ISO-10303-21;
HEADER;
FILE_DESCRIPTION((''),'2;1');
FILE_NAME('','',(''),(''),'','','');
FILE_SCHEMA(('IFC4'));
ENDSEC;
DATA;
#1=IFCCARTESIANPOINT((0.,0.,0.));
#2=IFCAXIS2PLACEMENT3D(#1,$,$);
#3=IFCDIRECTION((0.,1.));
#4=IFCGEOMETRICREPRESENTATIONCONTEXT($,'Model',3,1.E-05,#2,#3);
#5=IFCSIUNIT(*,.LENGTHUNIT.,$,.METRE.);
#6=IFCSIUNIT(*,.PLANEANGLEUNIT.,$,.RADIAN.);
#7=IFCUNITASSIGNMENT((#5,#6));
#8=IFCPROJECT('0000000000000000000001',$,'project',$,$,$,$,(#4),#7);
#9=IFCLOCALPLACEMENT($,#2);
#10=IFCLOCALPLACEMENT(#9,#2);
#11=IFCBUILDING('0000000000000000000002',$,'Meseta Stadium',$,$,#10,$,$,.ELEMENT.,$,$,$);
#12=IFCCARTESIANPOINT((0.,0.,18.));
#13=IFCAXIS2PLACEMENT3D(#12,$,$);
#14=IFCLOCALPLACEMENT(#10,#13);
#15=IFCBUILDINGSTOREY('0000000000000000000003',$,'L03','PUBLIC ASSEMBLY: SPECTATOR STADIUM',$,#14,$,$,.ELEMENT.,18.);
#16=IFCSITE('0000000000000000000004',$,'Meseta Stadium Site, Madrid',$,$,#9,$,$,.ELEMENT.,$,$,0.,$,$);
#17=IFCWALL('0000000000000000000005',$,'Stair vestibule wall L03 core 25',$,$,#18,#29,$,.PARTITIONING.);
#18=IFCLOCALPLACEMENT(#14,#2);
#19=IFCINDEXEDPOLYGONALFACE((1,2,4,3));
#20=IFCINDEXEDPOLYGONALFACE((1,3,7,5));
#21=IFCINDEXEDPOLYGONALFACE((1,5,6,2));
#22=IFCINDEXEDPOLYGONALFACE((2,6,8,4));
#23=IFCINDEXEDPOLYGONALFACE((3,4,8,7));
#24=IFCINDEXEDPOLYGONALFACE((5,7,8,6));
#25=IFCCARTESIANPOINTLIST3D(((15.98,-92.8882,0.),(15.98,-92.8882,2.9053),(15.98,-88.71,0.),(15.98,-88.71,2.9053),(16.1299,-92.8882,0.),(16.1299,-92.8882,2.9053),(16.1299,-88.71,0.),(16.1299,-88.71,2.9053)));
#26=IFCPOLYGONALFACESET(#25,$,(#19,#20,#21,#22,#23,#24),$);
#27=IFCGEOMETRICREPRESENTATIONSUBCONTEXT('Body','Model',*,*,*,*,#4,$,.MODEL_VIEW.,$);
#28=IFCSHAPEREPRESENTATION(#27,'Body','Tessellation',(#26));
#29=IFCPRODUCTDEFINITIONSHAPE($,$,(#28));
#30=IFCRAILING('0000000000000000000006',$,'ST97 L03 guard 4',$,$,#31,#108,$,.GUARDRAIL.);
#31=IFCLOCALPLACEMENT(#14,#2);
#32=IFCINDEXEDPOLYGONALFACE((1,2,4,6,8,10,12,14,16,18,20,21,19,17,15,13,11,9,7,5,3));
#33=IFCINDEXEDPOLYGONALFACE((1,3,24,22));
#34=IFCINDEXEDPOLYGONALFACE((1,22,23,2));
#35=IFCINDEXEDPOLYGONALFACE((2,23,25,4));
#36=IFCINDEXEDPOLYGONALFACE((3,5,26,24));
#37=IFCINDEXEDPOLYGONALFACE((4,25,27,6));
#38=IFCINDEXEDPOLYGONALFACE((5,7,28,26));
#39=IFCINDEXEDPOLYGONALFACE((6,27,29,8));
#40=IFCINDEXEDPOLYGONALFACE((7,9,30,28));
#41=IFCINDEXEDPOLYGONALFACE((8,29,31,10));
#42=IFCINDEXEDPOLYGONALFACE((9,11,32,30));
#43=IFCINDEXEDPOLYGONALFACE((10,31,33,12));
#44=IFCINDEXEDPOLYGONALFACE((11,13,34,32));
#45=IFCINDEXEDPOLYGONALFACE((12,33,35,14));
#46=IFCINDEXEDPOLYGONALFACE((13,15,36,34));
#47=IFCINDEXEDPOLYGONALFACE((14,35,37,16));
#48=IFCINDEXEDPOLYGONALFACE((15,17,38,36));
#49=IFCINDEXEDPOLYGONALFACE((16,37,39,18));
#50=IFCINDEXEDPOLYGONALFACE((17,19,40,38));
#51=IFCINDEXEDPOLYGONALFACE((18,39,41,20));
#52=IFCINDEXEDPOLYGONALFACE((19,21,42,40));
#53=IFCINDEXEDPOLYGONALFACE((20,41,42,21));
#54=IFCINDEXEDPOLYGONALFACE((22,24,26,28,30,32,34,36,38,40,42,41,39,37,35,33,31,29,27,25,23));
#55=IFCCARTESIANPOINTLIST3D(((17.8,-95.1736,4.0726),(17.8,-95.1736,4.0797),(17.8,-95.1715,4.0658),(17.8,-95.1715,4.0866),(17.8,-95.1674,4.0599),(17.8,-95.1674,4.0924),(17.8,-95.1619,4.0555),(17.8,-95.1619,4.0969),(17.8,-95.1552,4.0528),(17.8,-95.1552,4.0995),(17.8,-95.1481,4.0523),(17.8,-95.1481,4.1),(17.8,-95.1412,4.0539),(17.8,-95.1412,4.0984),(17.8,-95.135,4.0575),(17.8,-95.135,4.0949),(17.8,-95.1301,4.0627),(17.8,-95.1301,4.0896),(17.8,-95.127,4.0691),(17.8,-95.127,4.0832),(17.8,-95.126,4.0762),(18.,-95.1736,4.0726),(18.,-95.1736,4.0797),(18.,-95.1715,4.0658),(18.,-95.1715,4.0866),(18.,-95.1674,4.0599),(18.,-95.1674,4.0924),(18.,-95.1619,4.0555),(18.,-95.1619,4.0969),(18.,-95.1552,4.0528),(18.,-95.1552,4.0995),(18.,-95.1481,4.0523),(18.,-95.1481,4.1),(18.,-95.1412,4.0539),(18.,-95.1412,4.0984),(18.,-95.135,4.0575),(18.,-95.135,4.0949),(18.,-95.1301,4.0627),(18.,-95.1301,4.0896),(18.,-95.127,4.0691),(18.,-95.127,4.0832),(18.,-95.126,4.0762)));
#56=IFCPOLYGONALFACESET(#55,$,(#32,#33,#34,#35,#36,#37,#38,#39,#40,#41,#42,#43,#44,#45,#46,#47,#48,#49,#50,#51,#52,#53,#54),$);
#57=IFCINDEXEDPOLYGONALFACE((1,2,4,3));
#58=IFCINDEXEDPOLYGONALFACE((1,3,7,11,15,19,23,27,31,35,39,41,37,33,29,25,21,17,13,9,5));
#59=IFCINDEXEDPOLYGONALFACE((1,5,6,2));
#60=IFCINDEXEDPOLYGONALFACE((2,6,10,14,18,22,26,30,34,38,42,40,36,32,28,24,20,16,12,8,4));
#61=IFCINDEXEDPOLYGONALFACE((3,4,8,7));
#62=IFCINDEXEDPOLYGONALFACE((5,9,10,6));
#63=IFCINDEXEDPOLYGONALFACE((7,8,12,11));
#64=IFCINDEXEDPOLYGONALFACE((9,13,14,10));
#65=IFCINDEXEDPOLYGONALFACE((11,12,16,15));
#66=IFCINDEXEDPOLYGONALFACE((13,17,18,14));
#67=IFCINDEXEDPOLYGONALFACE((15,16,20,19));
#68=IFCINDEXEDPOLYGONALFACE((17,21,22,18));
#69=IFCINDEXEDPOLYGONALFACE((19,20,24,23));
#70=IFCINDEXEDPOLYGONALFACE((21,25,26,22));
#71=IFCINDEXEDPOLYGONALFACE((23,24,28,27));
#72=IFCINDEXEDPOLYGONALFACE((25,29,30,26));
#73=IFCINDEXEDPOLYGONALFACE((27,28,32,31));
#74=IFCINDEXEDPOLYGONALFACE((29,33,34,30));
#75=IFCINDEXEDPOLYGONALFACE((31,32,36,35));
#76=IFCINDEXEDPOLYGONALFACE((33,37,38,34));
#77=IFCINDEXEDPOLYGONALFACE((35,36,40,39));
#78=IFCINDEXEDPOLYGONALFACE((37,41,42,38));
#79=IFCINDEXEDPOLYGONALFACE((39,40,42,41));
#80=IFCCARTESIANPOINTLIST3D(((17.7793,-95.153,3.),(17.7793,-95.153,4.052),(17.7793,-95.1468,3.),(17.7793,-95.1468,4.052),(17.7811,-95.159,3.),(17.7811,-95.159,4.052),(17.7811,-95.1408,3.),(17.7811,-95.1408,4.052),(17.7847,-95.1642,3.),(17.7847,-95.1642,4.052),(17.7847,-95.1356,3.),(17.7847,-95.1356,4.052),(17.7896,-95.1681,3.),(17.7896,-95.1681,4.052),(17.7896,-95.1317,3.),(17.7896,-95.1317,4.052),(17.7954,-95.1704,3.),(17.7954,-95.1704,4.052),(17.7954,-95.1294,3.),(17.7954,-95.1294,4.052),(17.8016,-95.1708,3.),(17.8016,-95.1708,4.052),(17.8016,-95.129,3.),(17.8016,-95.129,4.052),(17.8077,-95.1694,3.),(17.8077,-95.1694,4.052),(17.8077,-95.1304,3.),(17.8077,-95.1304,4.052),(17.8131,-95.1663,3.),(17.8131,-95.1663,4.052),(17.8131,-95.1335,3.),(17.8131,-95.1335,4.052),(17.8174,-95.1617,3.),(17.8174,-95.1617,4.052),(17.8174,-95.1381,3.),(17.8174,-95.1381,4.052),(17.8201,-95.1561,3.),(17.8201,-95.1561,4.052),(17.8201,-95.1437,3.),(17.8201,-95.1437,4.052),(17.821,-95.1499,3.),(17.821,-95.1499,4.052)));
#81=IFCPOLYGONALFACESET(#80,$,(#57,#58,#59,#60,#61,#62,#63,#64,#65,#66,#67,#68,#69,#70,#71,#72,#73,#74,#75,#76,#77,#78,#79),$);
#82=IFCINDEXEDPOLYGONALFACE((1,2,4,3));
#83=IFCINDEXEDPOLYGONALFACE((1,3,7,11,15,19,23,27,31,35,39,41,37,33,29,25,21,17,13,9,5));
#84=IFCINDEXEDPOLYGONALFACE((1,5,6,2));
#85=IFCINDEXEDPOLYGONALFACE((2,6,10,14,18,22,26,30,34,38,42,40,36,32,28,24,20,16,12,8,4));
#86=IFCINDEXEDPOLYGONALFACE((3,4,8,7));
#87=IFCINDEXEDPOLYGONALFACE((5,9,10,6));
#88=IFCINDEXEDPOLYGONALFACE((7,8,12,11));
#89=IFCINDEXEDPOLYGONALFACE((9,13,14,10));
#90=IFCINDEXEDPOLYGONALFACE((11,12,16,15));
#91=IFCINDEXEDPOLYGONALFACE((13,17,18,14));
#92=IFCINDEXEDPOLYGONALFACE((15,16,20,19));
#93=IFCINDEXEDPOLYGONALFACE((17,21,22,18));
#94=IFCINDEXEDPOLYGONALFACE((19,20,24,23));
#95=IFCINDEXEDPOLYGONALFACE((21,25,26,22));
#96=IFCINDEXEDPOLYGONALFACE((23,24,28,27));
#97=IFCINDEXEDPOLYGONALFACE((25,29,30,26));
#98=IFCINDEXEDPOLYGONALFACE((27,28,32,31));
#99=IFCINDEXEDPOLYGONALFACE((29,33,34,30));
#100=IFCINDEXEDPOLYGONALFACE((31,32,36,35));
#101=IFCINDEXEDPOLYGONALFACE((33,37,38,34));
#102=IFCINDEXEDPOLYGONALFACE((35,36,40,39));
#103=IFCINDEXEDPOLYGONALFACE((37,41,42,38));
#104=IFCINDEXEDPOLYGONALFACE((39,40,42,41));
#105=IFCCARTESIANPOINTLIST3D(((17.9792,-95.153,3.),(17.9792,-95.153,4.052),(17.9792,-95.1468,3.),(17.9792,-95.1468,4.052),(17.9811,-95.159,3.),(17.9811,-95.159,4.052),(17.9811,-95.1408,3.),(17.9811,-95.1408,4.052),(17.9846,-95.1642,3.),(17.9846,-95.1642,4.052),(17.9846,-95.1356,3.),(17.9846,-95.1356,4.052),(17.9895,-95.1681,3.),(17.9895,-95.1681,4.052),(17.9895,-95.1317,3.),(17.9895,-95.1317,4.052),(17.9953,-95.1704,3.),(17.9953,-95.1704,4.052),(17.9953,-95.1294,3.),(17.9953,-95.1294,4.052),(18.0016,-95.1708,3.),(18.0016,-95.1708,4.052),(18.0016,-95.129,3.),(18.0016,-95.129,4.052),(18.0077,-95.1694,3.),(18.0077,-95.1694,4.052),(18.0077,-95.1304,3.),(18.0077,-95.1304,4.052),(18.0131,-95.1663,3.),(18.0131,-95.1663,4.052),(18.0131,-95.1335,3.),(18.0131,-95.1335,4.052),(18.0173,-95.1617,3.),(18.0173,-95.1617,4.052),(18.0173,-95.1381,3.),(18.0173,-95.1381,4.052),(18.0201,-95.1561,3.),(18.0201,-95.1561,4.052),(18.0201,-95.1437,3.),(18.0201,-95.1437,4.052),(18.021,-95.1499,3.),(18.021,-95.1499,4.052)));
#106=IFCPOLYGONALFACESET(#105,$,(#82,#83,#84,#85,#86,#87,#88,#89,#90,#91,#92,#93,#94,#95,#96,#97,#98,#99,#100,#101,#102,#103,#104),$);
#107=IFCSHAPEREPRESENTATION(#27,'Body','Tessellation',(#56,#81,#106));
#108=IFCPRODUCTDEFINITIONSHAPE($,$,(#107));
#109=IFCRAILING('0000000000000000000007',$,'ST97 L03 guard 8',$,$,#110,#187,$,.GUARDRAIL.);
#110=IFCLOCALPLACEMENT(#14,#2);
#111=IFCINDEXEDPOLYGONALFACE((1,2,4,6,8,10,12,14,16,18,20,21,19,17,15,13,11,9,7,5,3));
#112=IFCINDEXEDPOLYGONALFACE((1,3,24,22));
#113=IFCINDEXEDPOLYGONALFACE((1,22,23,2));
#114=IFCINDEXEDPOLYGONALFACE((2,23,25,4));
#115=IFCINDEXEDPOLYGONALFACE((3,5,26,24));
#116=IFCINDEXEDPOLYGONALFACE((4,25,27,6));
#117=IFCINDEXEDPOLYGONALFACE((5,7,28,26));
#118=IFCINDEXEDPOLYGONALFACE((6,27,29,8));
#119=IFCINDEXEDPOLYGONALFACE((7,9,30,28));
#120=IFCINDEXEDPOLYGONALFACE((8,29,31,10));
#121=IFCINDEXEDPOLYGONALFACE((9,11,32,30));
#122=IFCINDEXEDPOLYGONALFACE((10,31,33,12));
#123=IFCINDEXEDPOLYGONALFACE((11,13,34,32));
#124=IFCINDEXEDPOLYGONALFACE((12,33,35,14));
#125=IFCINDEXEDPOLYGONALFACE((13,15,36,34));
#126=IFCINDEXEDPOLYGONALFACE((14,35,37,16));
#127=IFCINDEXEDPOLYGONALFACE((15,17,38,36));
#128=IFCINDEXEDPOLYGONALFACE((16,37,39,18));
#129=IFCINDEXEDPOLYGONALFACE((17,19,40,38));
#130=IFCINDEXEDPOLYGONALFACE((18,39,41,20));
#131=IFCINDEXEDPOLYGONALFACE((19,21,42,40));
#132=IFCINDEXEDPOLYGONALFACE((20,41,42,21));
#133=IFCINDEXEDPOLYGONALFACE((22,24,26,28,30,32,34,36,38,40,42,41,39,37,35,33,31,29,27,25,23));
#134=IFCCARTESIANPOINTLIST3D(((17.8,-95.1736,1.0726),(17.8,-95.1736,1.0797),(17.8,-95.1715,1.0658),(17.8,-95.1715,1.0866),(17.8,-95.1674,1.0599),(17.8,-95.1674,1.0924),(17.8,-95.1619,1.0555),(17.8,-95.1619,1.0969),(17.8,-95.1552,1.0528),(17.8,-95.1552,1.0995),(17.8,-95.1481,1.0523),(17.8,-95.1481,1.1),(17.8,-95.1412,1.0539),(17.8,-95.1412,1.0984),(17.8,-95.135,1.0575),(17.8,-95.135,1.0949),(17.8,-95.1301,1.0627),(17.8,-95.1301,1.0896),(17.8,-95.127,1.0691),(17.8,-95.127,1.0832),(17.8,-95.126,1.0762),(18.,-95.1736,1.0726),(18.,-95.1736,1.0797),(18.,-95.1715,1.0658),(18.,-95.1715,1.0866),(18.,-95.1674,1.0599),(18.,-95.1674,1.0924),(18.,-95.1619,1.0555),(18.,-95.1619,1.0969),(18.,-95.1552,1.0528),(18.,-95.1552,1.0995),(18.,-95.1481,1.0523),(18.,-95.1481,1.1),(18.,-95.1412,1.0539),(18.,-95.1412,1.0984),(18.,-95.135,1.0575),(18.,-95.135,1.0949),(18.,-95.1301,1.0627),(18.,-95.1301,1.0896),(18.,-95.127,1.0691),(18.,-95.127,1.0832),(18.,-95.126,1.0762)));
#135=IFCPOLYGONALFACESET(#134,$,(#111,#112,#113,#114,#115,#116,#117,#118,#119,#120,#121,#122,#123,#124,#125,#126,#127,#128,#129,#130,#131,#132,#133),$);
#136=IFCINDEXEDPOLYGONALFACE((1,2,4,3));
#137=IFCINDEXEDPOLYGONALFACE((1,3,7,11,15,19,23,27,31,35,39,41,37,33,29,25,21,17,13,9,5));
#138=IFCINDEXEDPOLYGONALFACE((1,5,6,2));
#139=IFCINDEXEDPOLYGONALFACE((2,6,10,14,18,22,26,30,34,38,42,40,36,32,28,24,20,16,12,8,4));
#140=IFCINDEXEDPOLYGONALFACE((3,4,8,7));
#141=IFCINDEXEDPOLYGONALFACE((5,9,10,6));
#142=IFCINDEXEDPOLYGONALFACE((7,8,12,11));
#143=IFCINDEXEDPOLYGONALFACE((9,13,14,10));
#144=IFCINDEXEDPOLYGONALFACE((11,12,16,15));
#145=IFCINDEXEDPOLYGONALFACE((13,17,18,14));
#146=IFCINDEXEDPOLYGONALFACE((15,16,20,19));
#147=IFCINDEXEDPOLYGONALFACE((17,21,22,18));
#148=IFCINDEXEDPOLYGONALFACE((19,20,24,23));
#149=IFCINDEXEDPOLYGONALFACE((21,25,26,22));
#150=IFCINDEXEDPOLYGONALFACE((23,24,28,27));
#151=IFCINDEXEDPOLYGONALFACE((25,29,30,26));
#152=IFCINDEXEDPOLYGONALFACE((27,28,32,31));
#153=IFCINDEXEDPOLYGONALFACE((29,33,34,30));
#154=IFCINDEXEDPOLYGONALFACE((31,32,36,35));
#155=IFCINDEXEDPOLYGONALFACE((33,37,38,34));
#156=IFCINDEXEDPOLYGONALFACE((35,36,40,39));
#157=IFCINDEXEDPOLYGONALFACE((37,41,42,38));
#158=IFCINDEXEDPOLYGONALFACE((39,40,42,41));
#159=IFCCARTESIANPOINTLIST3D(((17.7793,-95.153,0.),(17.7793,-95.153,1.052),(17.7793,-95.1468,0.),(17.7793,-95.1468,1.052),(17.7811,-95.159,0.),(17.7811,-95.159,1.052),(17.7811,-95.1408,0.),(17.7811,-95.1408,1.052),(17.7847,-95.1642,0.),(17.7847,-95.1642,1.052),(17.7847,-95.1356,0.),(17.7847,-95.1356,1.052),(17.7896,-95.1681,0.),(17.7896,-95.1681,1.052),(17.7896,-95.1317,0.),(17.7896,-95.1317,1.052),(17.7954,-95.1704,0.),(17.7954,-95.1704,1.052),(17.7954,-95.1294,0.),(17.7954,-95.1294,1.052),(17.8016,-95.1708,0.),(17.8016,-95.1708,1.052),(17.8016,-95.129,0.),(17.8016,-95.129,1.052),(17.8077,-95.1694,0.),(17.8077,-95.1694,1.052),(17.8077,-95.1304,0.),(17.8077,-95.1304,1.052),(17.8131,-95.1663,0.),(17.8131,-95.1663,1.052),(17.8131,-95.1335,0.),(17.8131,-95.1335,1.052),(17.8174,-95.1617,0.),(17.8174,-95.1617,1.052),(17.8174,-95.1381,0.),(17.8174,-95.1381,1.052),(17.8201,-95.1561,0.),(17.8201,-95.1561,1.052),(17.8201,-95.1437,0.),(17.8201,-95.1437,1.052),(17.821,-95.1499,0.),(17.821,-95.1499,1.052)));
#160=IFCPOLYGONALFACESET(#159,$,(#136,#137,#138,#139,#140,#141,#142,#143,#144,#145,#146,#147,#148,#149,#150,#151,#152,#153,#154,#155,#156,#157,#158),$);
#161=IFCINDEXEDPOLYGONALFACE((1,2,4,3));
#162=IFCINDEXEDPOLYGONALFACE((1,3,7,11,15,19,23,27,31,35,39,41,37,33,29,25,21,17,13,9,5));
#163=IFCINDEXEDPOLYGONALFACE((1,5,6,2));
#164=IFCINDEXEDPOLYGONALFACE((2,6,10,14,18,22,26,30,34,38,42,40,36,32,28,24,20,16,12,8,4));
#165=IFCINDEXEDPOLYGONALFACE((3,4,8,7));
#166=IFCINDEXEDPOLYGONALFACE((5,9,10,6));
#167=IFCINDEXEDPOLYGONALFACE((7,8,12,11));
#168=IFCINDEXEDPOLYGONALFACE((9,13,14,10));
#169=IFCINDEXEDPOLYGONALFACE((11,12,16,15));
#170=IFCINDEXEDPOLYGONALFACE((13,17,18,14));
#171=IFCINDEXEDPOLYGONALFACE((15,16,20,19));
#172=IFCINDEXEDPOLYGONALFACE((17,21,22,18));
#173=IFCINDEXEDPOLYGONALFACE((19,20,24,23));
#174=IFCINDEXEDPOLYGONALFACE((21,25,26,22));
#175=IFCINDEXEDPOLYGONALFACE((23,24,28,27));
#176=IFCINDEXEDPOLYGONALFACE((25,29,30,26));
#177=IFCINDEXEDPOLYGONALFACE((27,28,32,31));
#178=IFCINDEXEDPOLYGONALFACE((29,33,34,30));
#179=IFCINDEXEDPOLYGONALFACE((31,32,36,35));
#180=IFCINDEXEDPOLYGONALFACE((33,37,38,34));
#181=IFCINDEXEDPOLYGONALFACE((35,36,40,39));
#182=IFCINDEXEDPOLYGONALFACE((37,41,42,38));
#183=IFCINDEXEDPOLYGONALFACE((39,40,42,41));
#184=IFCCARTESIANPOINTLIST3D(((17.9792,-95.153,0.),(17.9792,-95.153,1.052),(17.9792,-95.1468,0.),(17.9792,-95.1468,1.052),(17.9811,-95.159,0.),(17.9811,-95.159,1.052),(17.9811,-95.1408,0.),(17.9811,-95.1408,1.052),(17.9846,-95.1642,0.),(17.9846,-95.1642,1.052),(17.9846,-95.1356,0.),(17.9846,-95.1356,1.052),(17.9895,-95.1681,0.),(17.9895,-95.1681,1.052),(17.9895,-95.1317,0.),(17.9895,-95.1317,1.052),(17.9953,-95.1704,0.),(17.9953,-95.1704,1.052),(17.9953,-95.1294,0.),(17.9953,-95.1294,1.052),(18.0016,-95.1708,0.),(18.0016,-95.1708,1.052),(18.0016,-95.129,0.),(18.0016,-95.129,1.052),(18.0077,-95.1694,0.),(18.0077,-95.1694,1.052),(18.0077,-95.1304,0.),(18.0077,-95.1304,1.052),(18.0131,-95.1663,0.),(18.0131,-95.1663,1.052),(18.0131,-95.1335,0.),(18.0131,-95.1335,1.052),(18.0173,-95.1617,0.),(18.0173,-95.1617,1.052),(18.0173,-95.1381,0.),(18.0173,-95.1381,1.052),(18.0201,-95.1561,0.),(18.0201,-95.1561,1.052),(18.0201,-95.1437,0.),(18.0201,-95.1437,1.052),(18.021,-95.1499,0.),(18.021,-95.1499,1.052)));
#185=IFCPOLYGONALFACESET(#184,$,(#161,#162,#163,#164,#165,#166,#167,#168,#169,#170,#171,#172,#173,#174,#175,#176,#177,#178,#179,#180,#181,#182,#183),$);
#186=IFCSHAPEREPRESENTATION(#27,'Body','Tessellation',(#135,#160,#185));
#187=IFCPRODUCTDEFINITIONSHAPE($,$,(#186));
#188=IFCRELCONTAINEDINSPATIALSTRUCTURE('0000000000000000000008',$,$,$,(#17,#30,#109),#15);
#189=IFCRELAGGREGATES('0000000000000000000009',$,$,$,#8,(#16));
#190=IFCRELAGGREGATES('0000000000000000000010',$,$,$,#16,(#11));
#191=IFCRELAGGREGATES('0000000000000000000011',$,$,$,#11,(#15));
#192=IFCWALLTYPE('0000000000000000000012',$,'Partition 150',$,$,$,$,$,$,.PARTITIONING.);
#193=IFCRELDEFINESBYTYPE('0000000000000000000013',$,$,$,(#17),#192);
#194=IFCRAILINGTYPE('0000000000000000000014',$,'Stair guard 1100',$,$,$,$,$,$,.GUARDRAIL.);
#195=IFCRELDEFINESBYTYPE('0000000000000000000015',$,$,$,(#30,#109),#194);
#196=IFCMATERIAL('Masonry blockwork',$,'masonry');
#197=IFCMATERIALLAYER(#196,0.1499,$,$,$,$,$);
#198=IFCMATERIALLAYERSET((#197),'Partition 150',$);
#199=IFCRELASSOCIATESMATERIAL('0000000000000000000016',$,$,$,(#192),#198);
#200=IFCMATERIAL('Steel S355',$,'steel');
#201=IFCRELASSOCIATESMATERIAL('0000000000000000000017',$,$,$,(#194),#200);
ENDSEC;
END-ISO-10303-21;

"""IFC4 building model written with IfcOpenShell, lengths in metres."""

from ifc_helpers import new_model, si_unit, direction, frame, frame_2d, origin, origin_2d, place, context, subcontext, project, spatial, rectangle, circle, extrude, material, layer, layer_set, type_object, element, save


model = new_model("IFC4")

# Units and contexts
model_context = context("Model", 3, precision=1e-05, world=origin(), true_north=direction((0.0, 1.0)))
body_context = subcontext(model_context, "Body", "Model", "MODEL_VIEW")
ifc_project = project(units=[si_unit("LENGTHUNIT", "METRE"), si_unit("PLANEANGLEUNIT", "RADIAN")], contexts=[model_context])

# Site, building, storey
site_placement = place(None, origin())
site = spatial("IfcSite", under=ifc_project, at=site_placement, Name="Meseta Stadium Site, Madrid", CompositionType="ELEMENT", RefElevation=0.0)
building_placement = place(site_placement, origin())
building = spatial("IfcBuilding", under=site, at=building_placement, Name="Meseta Stadium", CompositionType="ELEMENT")
storey_placement = place(building_placement, frame((0.0, 0.0, 18.0)))
storey = spatial("IfcBuildingStorey", under=building, at=storey_placement, Name="L03", Description="PUBLIC ASSEMBLY: SPECTATOR STADIUM", CompositionType="ELEMENT", Elevation=18.0)

# Wall
ifc_material_1 = material(Name="Masonry blockwork", Category="masonry")
ifc_layer_1 = layer(ifc_material_1, 0.1499)
ifc_layer_set_1 = layer_set([ifc_layer_1], Name="Partition 150")
wall_type_1 = type_object("IfcWallType", Name="Partition 150", PredefinedType="PARTITIONING", material=ifc_layer_set_1)
wall_1_placement = place(storey_placement, frame((16.0549, -88.71, 0.0), z_axis=(0.0, 0.0, 1.0), x_axis=(0.0, -1.0, 0.0)))
element("IfcWall", 1, at=wall_1_placement, inside=storey, type_object=wall_type_1, Name="Stair vestibule wall L03 core 25", PredefinedType="PARTITIONING", context=body_context, shape_type="SweptSolid", body=[
    extrude(rectangle(XDim=4.1782, YDim=0.1499, at=frame_2d((2.0891, 0.0))), origin(), (0.0, 0.0, 1.0), 2.9053),
])

# Railings
ifc_material_2 = material(Name="Steel S355", Category="steel")
railing_type_1 = type_object("IfcRailingType", Name="Stair guard 1100", PredefinedType="GUARDRAIL", material=ifc_material_2)
for number, where, name in (
    (2, (17.8, -95.1499, 3.0), "ST97 L03 guard 4"),
    (3, (17.8, -95.1499, 0.0), "ST97 L03 guard 8"),
):
    element("IfcRailing", number, at=place(storey_placement, frame(where)), inside=storey, type_object=railing_type_1, Name=name, PredefinedType="GUARDRAIL", context=body_context, shape_type="SweptSolid", body=[
        extrude(circle(Radius=0.0239, at=origin_2d()), frame((0.0, 0.0, 1.0762), z_axis=(1.0, 0.0, 0.0), x_axis=(0.0, 1.0, 0.0)), (0.0, 0.0, 1.0), 0.2),
        extrude(circle(Radius=0.021, at=origin_2d()), origin(), (0.0, 0.0, 1.0), 1.052),
        extrude(circle(Radius=0.021, at=origin_2d()), frame((0.2, 0.0, 0.0)), (0.0, 0.0, 1.0), 1.052),
    ])

save(model, "model.ifc")
